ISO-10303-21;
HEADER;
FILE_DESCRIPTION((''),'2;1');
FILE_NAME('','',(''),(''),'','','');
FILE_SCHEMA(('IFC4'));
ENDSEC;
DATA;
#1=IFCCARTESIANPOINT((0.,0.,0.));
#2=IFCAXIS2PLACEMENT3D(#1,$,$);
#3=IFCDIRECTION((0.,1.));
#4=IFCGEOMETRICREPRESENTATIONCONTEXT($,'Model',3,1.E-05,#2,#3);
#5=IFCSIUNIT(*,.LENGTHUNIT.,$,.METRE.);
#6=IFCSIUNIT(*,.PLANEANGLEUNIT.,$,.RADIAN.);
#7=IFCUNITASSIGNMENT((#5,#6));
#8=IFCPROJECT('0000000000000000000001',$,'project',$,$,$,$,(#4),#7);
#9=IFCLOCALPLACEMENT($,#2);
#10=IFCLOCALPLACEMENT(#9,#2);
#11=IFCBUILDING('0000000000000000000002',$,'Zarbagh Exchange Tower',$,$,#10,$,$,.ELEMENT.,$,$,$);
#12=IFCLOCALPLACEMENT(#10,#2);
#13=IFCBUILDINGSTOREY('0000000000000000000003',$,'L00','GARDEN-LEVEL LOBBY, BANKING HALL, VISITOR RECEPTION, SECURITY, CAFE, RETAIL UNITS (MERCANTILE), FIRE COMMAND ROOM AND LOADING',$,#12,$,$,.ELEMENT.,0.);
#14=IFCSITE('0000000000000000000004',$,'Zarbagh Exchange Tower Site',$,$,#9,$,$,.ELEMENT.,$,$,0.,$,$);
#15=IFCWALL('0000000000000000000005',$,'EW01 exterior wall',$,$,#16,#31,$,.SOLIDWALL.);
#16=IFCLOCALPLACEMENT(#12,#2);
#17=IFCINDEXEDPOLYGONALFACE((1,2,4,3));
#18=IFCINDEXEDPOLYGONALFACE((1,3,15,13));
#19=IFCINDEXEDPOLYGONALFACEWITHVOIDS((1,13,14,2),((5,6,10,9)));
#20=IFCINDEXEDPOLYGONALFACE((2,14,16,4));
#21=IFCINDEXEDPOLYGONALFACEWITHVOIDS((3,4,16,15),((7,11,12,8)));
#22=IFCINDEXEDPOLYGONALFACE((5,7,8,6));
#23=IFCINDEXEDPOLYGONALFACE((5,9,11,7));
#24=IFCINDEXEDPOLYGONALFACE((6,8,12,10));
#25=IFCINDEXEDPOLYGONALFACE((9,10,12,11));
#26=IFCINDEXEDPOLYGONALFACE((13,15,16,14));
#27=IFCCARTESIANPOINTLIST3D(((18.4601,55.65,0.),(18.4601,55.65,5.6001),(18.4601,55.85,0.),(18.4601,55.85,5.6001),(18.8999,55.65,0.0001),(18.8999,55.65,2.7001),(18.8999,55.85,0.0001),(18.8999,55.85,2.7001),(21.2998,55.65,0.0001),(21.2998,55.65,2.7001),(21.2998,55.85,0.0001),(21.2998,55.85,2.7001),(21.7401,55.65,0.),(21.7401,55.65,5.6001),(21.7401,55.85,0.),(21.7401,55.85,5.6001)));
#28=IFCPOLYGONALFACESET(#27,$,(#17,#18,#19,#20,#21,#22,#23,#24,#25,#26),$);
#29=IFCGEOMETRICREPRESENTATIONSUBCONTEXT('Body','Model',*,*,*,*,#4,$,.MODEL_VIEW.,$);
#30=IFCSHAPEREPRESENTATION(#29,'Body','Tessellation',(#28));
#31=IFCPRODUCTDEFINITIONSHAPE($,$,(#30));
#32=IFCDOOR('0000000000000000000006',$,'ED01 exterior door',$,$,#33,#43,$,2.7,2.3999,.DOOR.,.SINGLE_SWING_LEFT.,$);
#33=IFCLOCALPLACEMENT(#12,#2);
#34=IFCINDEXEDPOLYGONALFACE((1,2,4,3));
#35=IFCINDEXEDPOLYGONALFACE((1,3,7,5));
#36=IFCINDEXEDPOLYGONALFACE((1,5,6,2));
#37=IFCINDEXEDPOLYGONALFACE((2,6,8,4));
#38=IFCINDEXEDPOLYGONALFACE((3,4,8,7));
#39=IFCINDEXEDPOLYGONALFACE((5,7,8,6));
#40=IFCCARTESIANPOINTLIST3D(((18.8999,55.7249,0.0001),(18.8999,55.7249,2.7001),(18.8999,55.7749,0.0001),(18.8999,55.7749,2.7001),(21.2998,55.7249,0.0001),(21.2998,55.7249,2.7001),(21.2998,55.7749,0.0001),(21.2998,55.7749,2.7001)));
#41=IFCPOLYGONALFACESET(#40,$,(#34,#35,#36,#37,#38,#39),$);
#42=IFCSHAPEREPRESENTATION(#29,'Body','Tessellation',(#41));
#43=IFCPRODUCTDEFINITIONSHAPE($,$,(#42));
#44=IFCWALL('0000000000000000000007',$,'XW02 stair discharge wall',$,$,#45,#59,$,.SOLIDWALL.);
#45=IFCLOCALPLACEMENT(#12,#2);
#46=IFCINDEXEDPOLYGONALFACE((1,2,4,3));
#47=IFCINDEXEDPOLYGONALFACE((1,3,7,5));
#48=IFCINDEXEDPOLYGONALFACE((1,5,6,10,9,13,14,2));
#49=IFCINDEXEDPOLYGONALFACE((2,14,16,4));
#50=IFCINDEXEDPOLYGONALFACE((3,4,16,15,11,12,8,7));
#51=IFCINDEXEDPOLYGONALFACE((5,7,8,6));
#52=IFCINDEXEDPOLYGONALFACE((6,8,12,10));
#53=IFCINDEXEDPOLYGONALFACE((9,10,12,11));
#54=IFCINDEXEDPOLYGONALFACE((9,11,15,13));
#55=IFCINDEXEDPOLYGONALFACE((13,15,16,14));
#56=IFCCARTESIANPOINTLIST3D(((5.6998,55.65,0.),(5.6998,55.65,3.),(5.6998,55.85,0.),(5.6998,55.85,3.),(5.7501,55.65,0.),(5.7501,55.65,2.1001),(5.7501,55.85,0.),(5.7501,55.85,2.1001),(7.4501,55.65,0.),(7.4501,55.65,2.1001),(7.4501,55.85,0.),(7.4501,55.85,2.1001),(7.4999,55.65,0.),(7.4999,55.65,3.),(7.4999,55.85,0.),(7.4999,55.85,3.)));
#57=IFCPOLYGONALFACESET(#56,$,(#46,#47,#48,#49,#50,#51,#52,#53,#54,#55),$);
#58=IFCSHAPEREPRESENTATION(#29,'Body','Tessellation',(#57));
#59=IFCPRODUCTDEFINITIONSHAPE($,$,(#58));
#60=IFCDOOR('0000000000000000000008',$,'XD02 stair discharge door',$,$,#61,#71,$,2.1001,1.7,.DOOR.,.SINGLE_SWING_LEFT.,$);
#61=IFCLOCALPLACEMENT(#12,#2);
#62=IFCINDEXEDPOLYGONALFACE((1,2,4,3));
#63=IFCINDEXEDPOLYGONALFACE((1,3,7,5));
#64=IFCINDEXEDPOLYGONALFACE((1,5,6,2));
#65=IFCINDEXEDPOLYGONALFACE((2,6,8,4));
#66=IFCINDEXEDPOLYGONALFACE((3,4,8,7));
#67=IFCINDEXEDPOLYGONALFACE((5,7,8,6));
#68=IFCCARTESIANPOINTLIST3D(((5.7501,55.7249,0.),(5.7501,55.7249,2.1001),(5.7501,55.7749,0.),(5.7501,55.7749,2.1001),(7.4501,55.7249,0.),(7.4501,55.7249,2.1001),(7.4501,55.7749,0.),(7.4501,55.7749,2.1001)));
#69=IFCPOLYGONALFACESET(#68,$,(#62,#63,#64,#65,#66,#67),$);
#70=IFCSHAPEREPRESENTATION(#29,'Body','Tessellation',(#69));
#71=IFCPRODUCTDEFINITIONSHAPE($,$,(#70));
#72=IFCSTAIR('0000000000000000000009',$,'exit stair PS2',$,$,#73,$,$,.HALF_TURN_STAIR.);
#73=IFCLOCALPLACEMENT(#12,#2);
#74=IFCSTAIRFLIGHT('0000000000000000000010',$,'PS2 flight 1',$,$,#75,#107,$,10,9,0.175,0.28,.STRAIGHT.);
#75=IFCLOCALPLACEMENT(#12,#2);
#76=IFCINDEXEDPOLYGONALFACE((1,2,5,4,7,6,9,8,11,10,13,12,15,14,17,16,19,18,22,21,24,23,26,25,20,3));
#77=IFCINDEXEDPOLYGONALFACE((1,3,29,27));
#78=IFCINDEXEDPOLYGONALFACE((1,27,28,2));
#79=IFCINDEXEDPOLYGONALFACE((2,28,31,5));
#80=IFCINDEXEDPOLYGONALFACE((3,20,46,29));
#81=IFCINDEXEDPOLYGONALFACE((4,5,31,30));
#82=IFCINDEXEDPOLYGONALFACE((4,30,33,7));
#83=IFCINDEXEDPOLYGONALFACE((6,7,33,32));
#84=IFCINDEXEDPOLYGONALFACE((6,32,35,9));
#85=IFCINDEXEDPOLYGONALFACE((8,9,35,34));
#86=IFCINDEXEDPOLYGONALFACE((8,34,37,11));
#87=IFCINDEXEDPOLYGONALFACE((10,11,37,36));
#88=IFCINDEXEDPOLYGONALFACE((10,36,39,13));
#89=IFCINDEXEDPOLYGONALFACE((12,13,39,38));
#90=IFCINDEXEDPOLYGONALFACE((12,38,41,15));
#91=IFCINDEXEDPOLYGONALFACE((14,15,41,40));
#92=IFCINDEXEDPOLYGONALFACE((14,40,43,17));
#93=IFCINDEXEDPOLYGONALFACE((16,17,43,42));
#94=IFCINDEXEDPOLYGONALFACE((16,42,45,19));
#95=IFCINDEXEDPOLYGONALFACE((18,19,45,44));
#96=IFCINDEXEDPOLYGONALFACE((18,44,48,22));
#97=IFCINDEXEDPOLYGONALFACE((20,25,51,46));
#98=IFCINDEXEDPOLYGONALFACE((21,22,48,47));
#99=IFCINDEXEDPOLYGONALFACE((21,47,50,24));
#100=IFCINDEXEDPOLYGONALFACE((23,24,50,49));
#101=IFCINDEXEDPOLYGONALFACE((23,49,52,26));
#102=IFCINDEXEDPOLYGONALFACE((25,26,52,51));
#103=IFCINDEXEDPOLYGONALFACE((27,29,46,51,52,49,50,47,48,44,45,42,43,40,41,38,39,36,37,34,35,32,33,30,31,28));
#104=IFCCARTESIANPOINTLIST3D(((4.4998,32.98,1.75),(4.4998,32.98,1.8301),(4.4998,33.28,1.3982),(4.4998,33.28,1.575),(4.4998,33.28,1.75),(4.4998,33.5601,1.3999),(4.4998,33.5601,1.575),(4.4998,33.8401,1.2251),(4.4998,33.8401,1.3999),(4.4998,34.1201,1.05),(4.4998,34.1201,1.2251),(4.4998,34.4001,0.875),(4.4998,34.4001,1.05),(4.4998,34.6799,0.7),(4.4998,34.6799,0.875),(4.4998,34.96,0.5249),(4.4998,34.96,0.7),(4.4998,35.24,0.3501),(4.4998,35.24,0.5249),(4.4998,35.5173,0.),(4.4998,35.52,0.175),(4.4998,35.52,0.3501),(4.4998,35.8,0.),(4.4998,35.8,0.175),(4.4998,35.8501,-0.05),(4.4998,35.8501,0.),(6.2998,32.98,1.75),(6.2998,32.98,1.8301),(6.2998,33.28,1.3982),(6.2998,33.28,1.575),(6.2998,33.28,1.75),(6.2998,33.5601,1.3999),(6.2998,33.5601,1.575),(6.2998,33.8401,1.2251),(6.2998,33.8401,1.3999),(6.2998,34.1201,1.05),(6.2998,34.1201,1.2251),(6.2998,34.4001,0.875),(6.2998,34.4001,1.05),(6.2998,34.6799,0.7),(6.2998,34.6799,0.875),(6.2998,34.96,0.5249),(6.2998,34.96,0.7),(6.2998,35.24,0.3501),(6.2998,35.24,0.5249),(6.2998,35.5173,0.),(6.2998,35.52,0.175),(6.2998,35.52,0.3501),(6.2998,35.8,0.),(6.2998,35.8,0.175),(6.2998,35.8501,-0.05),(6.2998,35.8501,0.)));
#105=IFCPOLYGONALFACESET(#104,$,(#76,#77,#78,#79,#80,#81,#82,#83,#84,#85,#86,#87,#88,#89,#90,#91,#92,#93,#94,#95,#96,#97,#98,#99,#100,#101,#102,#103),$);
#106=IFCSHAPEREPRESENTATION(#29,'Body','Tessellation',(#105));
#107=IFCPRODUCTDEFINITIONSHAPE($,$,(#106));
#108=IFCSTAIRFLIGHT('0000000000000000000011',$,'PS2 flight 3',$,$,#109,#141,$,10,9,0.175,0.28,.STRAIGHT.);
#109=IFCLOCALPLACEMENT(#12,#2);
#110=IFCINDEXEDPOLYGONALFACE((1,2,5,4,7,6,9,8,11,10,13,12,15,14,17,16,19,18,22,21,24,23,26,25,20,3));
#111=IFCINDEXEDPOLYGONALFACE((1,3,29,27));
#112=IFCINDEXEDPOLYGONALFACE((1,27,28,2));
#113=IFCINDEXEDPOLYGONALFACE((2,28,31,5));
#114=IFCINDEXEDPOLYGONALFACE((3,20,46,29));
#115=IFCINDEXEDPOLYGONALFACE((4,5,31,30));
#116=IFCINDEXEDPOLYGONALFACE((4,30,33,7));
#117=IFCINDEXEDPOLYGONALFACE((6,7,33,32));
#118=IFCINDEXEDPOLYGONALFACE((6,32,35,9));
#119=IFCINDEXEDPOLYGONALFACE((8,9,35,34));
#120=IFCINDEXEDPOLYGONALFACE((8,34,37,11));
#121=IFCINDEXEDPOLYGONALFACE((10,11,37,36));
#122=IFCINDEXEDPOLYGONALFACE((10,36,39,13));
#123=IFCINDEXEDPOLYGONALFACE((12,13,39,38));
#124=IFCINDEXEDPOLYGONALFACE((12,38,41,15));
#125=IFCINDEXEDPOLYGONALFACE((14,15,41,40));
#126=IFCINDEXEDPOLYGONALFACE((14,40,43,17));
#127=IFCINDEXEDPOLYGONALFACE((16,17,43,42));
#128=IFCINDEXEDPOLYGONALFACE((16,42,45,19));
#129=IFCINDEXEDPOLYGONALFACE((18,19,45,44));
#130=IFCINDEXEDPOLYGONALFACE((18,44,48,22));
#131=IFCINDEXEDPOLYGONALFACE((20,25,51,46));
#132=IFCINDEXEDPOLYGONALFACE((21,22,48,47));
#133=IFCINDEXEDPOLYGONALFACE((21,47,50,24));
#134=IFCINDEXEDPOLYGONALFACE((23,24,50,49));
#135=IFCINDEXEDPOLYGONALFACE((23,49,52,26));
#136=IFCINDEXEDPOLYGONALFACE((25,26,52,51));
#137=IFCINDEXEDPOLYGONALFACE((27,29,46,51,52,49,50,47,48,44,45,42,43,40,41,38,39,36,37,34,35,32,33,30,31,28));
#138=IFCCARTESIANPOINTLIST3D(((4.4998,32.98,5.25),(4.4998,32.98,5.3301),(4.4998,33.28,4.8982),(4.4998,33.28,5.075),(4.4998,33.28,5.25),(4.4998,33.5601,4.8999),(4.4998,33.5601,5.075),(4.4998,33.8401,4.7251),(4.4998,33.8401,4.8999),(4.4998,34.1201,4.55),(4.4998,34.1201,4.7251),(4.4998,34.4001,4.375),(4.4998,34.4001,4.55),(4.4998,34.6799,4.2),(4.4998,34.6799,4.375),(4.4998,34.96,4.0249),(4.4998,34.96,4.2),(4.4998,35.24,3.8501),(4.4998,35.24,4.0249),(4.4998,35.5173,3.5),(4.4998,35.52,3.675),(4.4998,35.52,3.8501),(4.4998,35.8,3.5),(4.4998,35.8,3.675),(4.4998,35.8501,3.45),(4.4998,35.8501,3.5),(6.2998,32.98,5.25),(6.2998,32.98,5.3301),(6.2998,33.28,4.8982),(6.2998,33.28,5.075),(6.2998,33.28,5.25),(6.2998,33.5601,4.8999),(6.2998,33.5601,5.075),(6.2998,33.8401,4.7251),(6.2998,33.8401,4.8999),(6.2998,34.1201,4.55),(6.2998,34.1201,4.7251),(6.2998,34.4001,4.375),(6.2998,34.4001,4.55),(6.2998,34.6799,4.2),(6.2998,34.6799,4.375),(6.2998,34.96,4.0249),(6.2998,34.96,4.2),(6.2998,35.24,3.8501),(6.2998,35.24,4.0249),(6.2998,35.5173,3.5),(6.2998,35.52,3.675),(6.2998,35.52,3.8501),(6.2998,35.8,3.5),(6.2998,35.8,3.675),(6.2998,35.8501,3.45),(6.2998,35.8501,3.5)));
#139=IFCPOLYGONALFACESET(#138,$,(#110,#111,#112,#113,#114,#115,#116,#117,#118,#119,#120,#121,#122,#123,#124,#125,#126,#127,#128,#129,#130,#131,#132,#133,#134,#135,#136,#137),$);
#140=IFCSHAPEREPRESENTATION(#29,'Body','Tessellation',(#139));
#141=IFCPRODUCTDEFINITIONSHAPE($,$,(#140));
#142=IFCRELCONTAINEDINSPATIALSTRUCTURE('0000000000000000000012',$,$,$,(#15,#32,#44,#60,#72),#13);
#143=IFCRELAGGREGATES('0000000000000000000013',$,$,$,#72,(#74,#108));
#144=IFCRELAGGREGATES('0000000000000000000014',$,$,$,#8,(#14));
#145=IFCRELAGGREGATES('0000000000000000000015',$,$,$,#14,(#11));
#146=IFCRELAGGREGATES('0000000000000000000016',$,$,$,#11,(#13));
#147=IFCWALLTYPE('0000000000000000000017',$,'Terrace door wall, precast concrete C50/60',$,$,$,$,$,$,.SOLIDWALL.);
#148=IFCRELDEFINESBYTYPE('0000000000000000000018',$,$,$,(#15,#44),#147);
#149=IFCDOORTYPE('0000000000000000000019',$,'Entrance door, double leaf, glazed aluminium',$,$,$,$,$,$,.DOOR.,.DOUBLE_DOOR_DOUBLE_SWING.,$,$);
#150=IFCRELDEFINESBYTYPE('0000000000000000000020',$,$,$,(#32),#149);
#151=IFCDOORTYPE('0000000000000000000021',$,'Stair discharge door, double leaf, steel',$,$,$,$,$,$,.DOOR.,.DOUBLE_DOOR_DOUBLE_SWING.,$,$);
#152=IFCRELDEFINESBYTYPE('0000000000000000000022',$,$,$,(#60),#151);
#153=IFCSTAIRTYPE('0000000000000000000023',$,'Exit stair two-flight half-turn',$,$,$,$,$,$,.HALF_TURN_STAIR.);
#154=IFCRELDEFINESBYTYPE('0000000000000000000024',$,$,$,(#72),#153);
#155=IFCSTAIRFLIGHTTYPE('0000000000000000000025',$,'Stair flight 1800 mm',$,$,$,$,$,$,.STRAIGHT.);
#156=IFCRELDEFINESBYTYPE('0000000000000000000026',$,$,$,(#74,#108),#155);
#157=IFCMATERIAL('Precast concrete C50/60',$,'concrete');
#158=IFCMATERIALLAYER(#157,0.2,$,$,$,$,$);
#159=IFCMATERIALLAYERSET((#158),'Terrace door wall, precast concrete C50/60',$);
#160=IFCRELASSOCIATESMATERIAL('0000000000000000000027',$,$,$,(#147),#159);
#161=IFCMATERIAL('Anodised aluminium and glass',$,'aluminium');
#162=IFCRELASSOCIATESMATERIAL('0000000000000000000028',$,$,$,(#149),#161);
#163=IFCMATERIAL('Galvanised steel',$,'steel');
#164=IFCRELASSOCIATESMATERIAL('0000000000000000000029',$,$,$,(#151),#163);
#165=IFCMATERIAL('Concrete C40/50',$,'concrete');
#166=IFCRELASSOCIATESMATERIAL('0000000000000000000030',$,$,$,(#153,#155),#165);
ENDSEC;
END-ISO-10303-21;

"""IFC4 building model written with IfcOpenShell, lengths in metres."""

from ifc_helpers import new_model, si_unit, direction, frame, frame_2d, origin, place, context, subcontext, project, spatial, polyline, rectangle, outline, extrude, material, layer, layer_set, type_object, element, fill, aggregate, save


model = new_model("IFC4")

# Units and contexts
model_context = context("Model", 3, precision=1e-05, world=origin(), true_north=direction((0.0, 1.0)))
body_context = subcontext(model_context, "Body", "Model", "MODEL_VIEW")
ifc_project = project(units=[si_unit("LENGTHUNIT", "METRE"), si_unit("PLANEANGLEUNIT", "RADIAN")], contexts=[model_context])

# Site, building, storey
site_placement = place(None, origin())
site = spatial("IfcSite", under=ifc_project, at=site_placement, Name="Zarbagh Exchange Tower Site", CompositionType="ELEMENT", RefElevation=0.0)
building_placement = place(site_placement, origin())
building = spatial("IfcBuilding", under=site, at=building_placement, Name="Zarbagh Exchange Tower", CompositionType="ELEMENT")
storey_placement = place(building_placement, origin())
storey = spatial("IfcBuildingStorey", under=building, at=storey_placement, Name="L00", Description="GARDEN-LEVEL LOBBY, BANKING HALL, VISITOR RECEPTION, SECURITY, CAFE, RETAIL UNITS (MERCANTILE), FIRE COMMAND ROOM AND LOADING", CompositionType="ELEMENT", Elevation=0.0)

# Walls, openings, doors
ifc_material_1 = material(Name="Concrete C40/50", Category="concrete")
ifc_material_2 = material(Name="Precast concrete C50/60", Category="concrete")
ifc_layer_1 = layer(ifc_material_2, 0.2)
ifc_layer_set_1 = layer_set([ifc_layer_1], Name="Terrace door wall, precast concrete C50/60")
wall_type_1 = type_object("IfcWallType", Name="Terrace door wall, precast concrete C50/60", PredefinedType="SOLIDWALL", material=ifc_layer_set_1)
wall_1_placement = place(storey_placement, frame((18.46, 55.75, 0.0), z_axis=(0.0, 0.0, 1.0), x_axis=(1.0, 0.0, 0.0)))
wall_1 = element("IfcWall", 1, at=wall_1_placement, inside=storey, type_object=wall_type_1, Name="EW01 exterior wall", PredefinedType="SOLIDWALL", context=body_context, shape_type="SweptSolid", body=[
    extrude(rectangle(XDim=3.28, YDim=0.2, at=frame_2d((1.6401, 0.0))), origin(), (0.0, 0.0, 1.0), 5.6001),
])
opening_1_placement = place(wall_1_placement, frame((0.4399, 0.0, 0.0)))
opening_1 = element("IfcOpeningElement", 2, at=opening_1_placement, cuts=wall_1, PredefinedType="OPENING", context=body_context, shape_type="SweptSolid", body=[
    extrude(rectangle(XDim=2.3999, YDim=2.7, at=frame_2d((1.2, 1.3501))), frame((0.0, 0.1099, 0.0), z_axis=(0.0, -1.0, 0.0), x_axis=(1.0, 0.0, 0.0)), (0.0, 0.0, 1.0), 0.22),
])
ifc_material_3 = material(Name="Anodised aluminium and glass", Category="aluminium")
door_type_1 = type_object("IfcDoorType", Name="Entrance door, double leaf, glazed aluminium", OperationType="DOUBLE_DOOR_DOUBLE_SWING", PredefinedType="DOOR", material=ifc_material_3)
door_1_placement = place(opening_1_placement, origin())
door_1 = element("IfcDoor", 3, at=door_1_placement, inside=storey, type_object=door_type_1, Name="ED01 exterior door", OperationType="SINGLE_SWING_LEFT", OverallHeight=2.7, OverallWidth=2.3999, PredefinedType="DOOR", context=body_context, shape_type="SweptSolid", body=[
    extrude(rectangle(XDim=2.3999, YDim=2.7, at=frame_2d((1.2, 1.3501))), frame((0.0, 0.0249, 0.0), z_axis=(0.0, -1.0, 0.0), x_axis=(1.0, 0.0, 0.0)), (0.0, 0.0, 1.0), 0.05),
])
fill(opening_1, door_1)
wall_2_placement = place(storey_placement, frame((5.7, 55.75, 0.0), z_axis=(0.0, 0.0, 1.0), x_axis=(1.0, 0.0, 0.0)))
wall_2 = element("IfcWall", 4, at=wall_2_placement, inside=storey, type_object=wall_type_1, Name="XW02 stair discharge wall", PredefinedType="SOLIDWALL", context=body_context, shape_type="SweptSolid", body=[
    extrude(rectangle(XDim=1.8, YDim=0.2, at=frame_2d((0.8999, 0.0))), origin(), (0.0, 0.0, 1.0), 3.0),
])
opening_2_placement = place(wall_2_placement, frame((0.05, 0.0, 0.0)))
opening_2 = element("IfcOpeningElement", 5, at=opening_2_placement, cuts=wall_2, PredefinedType="OPENING", context=body_context, shape_type="SweptSolid", body=[
    extrude(rectangle(XDim=1.7, YDim=2.1001, at=frame_2d((0.8501, 1.05))), frame((0.0, 0.1099, 0.0), z_axis=(0.0, -1.0, 0.0), x_axis=(1.0, 0.0, 0.0)), (0.0, 0.0, 1.0), 0.22),
])
ifc_material_4 = material(Name="Galvanised steel", Category="steel")
door_type_2 = type_object("IfcDoorType", Name="Stair discharge door, double leaf, steel", OperationType="DOUBLE_DOOR_DOUBLE_SWING", PredefinedType="DOOR", material=ifc_material_4)
door_2_placement = place(opening_2_placement, origin())
door_2 = element("IfcDoor", 6, at=door_2_placement, inside=storey, type_object=door_type_2, Name="XD02 stair discharge door", OperationType="SINGLE_SWING_LEFT", OverallHeight=2.1001, OverallWidth=1.7, PredefinedType="DOOR", context=body_context, shape_type="SweptSolid", body=[
    extrude(rectangle(XDim=1.7, YDim=2.1001, at=frame_2d((0.8501, 1.05))), frame((0.0, 0.0249, 0.0), z_axis=(0.0, -1.0, 0.0), x_axis=(1.0, 0.0, 0.0)), (0.0, 0.0, 1.0), 0.05),
])
fill(opening_2, door_2)

# Stair, stair flights
stair_type = type_object("IfcStairType", Name="Exit stair two-flight half-turn", PredefinedType="HALF_TURN_STAIR", material=ifc_material_1)
stair_placement = place(storey_placement, origin())
stair = element("IfcStair", 7, at=stair_placement, inside=storey, type_object=stair_type, Name="exit stair PS2", PredefinedType="HALF_TURN_STAIR")
stair_flight_type = type_object("IfcStairFlightType", Name="Stair flight 1800 mm", PredefinedType="STRAIGHT", material=ifc_material_1)
stair_flight_1_placement = place(storey_placement, frame((5.3999, 35.8, 0.0), z_axis=(0.0, 0.0, 1.0), x_axis=(0.0, -1.0, 0.0)))
stair_flight_1 = element("IfcStairFlight", 8, at=stair_flight_1_placement, type_object=stair_flight_type, Name="PS2 flight 1", NumberOfRisers=10, NumberOfTreads=9, PredefinedType="STRAIGHT", RiserHeight=0.175, TreadLength=0.28, context=body_context, shape_type="SweptSolid", body=[
    extrude(outline(polyline([(-0.05, -0.05), (-0.05, 0.0), (0.0, 0.0), (0.0, 0.175), (0.28, 0.175), (0.28, 0.3501), (0.5601, 0.3501), (0.5601, 0.5249), (0.8401, 0.5249), (0.8401, 0.7), (1.1201, 0.7), (1.1201, 0.875), (1.3999, 0.875), (1.3999, 1.05), (1.6799, 1.05), (1.6799, 1.2251), (1.96, 1.2251), (1.96, 1.3999), (2.24, 1.3999), (2.24, 1.575), (2.52, 1.575), (2.52, 1.75), (2.8201, 1.8301), (2.8201, 1.75), (2.52, 1.3982), (0.2827, 0.0), (-0.05, -0.05)])), frame((0.0, 0.8999, 0.0), z_axis=(0.0, -1.0, 0.0), x_axis=(1.0, 0.0, 0.0)), (0.0, 0.0, 1.0), 1.8),
])
stair_flight_2_placement = place(storey_placement, frame((5.3999, 35.8, 3.5), z_axis=(0.0, 0.0, 1.0), x_axis=(0.0, -1.0, 0.0)))
stair_flight_2 = element("IfcStairFlight", 9, at=stair_flight_2_placement, type_object=stair_flight_type, Name="PS2 flight 3", NumberOfRisers=10, NumberOfTreads=9, PredefinedType="STRAIGHT", RiserHeight=0.175, TreadLength=0.28, context=body_context, shape_type="SweptSolid", body=[
    extrude(outline(polyline([(-0.05, -0.05), (-0.05, 0.0), (0.0, 0.0), (0.0, 0.175), (0.28, 0.175), (0.28, 0.3501), (0.5601, 0.3501), (0.5601, 0.5249), (0.8401, 0.5249), (0.8401, 0.7), (1.1201, 0.7), (1.1201, 0.875), (1.3999, 0.875), (1.3999, 1.05), (1.6799, 1.05), (1.6799, 1.2251), (1.96, 1.2251), (1.96, 1.3999), (2.24, 1.3999), (2.24, 1.575), (2.52, 1.575), (2.52, 1.75), (2.8201, 1.8301), (2.8201, 1.75), (2.52, 1.3982), (0.2827, 0.0), (-0.05, -0.05)])), frame((0.0, 0.8999, 0.0), z_axis=(0.0, -1.0, 0.0), x_axis=(1.0, 0.0, 0.0)), (0.0, 0.0, 1.0), 1.8),
])
aggregate(stair, [stair_flight_1, stair_flight_2])

save(model, "model.ifc")
